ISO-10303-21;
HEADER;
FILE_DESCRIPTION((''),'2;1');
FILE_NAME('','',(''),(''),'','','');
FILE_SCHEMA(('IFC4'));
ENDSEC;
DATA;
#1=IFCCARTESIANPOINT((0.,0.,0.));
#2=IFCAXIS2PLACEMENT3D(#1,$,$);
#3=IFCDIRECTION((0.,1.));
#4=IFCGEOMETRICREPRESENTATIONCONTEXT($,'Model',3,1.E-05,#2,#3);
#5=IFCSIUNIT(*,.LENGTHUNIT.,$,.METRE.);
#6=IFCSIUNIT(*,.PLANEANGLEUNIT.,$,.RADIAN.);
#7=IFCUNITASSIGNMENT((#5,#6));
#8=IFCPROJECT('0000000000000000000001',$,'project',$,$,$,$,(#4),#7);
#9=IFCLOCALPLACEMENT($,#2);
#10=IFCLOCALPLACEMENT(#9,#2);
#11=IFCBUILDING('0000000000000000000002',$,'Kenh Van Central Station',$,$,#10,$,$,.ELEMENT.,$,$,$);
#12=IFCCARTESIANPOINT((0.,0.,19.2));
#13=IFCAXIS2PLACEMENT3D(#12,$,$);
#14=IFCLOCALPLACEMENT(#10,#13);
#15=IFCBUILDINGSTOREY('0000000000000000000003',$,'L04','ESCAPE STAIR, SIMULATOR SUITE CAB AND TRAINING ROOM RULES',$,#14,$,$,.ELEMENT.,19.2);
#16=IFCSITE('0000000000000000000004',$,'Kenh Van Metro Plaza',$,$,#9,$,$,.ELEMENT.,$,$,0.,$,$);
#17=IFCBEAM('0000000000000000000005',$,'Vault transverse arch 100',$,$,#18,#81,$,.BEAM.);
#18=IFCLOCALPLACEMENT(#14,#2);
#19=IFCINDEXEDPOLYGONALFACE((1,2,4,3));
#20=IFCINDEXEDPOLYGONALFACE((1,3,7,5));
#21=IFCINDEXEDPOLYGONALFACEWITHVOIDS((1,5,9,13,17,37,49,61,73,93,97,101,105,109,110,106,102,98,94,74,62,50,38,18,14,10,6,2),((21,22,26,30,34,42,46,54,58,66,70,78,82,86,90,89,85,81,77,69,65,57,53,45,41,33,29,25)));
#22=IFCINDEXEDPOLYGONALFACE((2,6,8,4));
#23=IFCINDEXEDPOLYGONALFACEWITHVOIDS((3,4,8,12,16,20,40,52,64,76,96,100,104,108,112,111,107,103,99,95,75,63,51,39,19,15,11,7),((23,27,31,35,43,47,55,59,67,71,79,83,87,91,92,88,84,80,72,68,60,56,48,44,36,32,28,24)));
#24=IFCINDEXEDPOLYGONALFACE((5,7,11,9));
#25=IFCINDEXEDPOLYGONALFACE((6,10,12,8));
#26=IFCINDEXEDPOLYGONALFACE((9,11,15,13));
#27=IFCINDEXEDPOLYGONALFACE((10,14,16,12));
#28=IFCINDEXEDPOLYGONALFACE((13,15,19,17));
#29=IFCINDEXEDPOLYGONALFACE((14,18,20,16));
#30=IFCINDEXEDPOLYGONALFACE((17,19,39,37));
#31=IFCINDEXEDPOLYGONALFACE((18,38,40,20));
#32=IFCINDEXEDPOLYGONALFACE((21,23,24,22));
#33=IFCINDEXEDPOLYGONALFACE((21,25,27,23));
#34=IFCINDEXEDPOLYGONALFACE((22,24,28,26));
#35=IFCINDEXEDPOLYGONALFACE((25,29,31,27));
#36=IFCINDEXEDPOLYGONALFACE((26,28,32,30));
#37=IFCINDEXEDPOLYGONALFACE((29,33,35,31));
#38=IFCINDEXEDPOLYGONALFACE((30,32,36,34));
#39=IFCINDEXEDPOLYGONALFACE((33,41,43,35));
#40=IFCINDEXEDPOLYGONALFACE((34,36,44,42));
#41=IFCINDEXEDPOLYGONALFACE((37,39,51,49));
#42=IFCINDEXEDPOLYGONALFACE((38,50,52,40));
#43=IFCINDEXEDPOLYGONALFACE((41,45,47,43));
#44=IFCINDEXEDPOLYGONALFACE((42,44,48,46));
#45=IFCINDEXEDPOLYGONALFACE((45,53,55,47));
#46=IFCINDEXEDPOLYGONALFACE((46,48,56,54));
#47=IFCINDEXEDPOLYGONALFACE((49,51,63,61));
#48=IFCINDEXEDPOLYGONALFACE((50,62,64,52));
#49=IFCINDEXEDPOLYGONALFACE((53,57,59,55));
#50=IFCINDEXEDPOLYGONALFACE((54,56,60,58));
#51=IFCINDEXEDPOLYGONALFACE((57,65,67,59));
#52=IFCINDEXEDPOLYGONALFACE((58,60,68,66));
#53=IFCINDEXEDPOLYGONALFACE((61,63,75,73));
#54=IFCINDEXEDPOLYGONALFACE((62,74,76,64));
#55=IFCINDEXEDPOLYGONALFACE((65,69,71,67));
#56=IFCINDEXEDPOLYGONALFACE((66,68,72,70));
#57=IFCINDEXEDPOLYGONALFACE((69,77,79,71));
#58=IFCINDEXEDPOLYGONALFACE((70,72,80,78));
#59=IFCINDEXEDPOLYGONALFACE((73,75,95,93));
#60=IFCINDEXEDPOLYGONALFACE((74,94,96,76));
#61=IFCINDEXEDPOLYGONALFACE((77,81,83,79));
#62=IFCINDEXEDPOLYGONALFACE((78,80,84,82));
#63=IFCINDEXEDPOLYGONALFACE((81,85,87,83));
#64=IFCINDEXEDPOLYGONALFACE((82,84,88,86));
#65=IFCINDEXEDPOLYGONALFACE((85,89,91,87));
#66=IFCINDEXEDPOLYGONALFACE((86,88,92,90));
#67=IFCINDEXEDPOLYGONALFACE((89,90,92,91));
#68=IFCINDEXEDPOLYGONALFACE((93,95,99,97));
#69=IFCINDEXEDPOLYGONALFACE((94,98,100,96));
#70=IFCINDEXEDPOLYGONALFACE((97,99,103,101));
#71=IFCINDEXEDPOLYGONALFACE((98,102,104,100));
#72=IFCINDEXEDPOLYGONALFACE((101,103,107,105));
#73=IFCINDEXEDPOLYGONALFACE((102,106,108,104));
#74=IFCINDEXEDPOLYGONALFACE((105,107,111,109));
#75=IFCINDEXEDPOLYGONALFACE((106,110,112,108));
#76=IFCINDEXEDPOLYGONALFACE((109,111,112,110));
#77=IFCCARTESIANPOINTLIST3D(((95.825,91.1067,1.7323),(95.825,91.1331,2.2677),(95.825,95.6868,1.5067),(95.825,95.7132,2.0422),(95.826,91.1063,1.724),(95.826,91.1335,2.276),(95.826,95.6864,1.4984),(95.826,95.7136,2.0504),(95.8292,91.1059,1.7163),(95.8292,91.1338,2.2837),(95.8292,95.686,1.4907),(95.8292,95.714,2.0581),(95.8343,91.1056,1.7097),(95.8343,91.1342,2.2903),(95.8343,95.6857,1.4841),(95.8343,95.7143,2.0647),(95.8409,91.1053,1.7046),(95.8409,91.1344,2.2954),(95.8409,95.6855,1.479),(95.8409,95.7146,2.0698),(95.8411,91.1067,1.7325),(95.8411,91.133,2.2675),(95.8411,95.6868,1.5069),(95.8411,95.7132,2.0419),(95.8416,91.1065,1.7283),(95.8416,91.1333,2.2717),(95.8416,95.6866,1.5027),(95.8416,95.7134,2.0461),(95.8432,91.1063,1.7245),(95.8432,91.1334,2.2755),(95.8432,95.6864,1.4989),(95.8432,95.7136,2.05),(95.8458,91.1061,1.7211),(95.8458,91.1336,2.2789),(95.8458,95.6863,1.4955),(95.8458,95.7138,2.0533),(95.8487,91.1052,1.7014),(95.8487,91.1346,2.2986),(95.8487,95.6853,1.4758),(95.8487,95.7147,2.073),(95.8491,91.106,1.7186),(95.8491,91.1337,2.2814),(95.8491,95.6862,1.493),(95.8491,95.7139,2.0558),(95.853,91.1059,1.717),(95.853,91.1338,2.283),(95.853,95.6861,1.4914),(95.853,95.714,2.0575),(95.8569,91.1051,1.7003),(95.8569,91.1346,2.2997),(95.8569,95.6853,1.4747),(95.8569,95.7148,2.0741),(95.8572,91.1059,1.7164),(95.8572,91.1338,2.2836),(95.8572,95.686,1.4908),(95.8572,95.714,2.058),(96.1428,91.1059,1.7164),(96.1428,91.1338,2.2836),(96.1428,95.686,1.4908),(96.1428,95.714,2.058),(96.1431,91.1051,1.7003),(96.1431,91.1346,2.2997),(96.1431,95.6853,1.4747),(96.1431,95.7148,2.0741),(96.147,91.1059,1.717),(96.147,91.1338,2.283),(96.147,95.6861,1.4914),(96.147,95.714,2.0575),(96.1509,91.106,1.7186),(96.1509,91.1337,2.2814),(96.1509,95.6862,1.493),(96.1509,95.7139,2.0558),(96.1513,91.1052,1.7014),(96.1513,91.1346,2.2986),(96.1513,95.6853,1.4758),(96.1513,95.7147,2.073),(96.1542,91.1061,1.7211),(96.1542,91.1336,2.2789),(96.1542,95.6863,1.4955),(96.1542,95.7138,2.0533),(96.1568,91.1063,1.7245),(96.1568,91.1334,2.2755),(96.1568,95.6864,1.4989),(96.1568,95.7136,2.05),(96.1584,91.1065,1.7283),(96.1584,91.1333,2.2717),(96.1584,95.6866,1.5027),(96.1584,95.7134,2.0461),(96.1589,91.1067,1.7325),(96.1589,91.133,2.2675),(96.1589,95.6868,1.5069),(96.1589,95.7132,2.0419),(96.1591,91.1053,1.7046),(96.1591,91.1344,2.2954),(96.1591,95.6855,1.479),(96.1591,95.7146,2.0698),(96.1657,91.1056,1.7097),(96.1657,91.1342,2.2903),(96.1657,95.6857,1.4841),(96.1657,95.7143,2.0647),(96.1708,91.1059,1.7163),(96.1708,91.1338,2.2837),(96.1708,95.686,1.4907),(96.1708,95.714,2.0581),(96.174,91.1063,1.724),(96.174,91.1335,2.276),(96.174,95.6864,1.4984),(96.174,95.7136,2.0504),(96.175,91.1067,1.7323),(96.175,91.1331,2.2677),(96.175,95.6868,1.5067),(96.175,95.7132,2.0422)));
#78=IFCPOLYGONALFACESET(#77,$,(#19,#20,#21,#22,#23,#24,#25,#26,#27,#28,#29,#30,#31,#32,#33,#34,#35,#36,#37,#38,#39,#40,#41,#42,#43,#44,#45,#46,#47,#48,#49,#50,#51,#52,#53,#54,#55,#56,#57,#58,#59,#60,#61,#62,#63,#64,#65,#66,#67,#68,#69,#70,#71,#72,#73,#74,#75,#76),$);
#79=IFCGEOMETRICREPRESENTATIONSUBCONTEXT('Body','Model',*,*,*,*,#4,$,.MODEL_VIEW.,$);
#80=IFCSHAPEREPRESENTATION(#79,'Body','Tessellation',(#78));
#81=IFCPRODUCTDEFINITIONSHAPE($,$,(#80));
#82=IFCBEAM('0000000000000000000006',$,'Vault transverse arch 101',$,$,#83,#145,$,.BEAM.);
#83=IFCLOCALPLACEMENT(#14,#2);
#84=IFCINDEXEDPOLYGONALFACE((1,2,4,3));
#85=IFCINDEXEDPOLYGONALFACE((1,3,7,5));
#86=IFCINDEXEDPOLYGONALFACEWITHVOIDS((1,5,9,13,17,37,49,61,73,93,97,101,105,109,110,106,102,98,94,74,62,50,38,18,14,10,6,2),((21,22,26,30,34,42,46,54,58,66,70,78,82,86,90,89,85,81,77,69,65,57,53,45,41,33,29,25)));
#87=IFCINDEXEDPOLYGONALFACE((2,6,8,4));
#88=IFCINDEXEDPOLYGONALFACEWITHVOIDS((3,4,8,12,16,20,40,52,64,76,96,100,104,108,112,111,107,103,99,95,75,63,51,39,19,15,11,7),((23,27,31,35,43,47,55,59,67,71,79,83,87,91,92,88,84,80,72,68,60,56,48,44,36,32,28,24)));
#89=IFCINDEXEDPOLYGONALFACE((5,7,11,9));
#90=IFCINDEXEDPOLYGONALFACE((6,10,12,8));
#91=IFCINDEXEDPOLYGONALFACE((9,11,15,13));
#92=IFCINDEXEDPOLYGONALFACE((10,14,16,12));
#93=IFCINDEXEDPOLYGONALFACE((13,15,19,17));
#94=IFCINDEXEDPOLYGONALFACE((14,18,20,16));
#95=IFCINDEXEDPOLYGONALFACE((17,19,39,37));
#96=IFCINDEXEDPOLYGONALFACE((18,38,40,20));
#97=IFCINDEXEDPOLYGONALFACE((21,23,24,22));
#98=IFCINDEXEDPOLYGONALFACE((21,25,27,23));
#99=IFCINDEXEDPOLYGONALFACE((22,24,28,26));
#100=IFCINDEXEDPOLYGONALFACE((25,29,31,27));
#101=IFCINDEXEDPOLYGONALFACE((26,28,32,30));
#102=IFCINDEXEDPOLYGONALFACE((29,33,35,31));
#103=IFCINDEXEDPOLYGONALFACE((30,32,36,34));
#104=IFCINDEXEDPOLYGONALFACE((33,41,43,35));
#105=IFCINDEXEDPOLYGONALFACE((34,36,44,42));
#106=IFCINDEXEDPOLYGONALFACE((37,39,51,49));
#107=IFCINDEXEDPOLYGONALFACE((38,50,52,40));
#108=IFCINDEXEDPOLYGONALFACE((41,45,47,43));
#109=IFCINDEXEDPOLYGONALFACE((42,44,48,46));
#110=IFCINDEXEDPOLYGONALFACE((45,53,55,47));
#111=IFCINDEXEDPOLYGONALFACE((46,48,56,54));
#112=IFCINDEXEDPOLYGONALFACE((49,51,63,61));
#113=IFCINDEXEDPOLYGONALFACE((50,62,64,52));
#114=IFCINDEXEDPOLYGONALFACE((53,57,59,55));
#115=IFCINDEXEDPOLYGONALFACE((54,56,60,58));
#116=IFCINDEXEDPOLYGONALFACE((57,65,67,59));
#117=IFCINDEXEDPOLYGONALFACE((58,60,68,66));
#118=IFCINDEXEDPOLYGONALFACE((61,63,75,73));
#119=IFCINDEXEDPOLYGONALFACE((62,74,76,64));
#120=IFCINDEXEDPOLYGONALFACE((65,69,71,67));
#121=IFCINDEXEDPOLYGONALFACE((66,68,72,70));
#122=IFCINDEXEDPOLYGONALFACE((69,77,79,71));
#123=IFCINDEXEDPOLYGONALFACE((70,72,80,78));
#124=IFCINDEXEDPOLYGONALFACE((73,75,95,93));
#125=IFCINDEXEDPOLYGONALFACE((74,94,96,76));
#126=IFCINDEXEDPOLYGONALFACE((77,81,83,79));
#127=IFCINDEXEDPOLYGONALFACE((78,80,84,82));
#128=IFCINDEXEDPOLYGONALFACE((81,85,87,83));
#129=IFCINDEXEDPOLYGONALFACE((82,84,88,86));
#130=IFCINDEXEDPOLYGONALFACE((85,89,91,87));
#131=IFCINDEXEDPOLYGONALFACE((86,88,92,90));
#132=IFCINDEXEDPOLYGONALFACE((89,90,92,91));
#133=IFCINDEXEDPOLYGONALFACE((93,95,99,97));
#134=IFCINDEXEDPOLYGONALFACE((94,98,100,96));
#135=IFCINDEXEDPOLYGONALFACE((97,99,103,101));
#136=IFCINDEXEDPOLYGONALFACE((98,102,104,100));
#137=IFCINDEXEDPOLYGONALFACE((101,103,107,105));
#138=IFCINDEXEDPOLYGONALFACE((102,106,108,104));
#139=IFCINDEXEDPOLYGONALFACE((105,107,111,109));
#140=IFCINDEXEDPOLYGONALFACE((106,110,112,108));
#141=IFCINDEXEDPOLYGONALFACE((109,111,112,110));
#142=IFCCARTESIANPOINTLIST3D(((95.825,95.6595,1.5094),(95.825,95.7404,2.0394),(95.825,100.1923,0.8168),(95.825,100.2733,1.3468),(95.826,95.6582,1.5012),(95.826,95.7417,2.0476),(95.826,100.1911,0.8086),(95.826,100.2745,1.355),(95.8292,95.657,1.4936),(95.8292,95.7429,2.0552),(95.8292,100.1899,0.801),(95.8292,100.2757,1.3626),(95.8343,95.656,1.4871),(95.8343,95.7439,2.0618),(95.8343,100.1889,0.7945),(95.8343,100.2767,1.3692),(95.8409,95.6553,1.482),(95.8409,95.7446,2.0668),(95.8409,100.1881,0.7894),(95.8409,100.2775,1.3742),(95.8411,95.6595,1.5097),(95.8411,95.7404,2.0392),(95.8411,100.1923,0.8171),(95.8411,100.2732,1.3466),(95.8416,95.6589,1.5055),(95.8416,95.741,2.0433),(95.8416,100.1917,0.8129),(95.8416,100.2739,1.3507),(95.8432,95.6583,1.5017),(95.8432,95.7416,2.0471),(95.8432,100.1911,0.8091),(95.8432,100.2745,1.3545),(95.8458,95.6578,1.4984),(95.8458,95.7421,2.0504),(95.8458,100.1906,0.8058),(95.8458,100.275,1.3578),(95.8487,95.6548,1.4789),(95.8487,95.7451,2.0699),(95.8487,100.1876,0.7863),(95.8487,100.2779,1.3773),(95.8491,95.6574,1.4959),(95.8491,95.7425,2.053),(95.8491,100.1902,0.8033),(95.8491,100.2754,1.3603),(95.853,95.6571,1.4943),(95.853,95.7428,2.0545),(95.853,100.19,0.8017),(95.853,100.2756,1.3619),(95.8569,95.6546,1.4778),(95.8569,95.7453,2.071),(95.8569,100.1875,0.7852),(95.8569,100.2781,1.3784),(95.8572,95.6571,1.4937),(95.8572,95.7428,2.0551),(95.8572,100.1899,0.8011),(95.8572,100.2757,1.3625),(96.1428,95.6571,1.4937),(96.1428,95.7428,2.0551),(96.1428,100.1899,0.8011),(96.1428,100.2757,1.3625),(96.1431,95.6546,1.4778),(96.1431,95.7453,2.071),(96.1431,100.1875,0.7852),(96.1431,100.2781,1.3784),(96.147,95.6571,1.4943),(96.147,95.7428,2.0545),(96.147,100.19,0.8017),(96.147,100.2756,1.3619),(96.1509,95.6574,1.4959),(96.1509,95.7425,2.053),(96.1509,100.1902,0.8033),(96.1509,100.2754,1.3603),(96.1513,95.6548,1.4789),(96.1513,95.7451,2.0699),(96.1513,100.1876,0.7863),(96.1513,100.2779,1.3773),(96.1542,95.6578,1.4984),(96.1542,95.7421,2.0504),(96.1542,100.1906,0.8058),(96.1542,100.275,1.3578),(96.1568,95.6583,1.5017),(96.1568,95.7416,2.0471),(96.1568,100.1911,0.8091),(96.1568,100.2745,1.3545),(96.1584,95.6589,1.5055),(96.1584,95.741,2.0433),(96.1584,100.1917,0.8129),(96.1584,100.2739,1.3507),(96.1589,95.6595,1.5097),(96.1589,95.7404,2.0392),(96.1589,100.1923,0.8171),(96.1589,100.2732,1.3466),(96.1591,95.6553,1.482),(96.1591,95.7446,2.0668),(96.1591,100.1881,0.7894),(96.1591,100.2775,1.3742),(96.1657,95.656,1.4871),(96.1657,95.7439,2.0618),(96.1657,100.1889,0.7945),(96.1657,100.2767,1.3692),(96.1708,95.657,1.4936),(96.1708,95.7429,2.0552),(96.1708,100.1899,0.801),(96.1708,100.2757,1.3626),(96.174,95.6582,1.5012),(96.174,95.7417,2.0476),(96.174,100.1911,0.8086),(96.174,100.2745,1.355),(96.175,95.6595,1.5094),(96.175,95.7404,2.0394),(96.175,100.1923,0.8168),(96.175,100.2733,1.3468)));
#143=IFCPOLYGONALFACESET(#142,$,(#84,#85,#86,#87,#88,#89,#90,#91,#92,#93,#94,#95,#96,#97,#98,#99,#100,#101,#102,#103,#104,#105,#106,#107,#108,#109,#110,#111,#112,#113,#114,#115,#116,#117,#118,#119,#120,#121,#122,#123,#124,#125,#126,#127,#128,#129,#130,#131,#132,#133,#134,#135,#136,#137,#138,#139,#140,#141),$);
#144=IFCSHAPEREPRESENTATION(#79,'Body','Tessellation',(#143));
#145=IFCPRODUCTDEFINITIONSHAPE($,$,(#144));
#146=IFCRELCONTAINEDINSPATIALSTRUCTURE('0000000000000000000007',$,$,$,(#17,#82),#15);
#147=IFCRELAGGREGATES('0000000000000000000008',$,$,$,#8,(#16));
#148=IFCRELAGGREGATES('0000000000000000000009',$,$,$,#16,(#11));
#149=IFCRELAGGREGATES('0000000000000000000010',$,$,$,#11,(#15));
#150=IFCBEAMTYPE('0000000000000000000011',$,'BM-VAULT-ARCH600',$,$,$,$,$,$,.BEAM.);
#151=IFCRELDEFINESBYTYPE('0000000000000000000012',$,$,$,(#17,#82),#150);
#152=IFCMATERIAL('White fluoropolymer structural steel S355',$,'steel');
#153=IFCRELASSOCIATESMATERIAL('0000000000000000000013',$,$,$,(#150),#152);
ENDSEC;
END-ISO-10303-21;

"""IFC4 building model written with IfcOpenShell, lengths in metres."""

from ifc_helpers import new_model, si_unit, direction, frame, origin, origin_2d, place, context, subcontext, project, spatial, hollow_rectangle, extrude, material, material_profile, profile_set, type_object, element, save


model = new_model("IFC4")

# Units and contexts
model_context = context("Model", 3, precision=1e-05, world=origin(), true_north=direction((0.0, 1.0)))
body_context = subcontext(model_context, "Body", "Model", "MODEL_VIEW")
ifc_project = project(units=[si_unit("LENGTHUNIT", "METRE"), si_unit("PLANEANGLEUNIT", "RADIAN")], contexts=[model_context])

# Site, building, storey
site_placement = place(None, origin())
site = spatial("IfcSite", under=ifc_project, at=site_placement, Name="Kenh Van Metro Plaza", CompositionType="ELEMENT", RefElevation=0.0)
building_placement = place(site_placement, origin())
building = spatial("IfcBuilding", under=site, at=building_placement, Name="Kenh Van Central Station", CompositionType="ELEMENT")
storey_placement = place(building_placement, frame((0.0, 0.0, 19.2)))
storey = spatial("IfcBuildingStorey", under=building, at=storey_placement, Name="L04", Description="ESCAPE STAIR, SIMULATOR SUITE CAB AND TRAINING ROOM RULES", CompositionType="ELEMENT", Elevation=19.2)

# Beams
ifc_material_1 = material(Name="White fluoropolymer structural steel S355", Category="steel")
ifc_material_profile_1 = material_profile(ifc_material_1, hollow_rectangle(XDim=0.3501, YDim=0.6001, WallThickness=0.0161, InnerFilletRadius=0.0161, OuterFilletRadius=0.032, at=origin_2d()), Name="RHS 600x350x16")
ifc_profile_set_1 = profile_set([ifc_material_profile_1], Name="White fluoropolymer structural steel S355")
beam_type = type_object("IfcBeamType", Name="BM-VAULT-ARCH600", PredefinedType="BEAM", material=ifc_profile_set_1)
beam_1_placement = place(storey_placement, frame((96.0, 91.1199, 2.0), z_axis=(0.0, 0.998789, -0.049194), x_axis=(-1.0, 0.0, 0.0)))
element("IfcBeam", 1, at=beam_1_placement, inside=storey, type_object=beam_type, Name="Vault transverse arch 100", PredefinedType="BEAM", context=body_context, shape_type="SweptSolid", body=[
    extrude(hollow_rectangle(XDim=0.3501, YDim=0.6001, WallThickness=0.0161, InnerFilletRadius=0.0161, OuterFilletRadius=0.032, at=origin_2d()), origin(), (0.0, 0.0, 1.0), 4.5857),
])
beam_2_placement = place(storey_placement, frame((96.0, 95.7, 1.7744), z_axis=(0.0, 0.988527, -0.151045), x_axis=(-1.0, 0.0, 0.0)))
element("IfcBeam", 2, at=beam_2_placement, inside=storey, type_object=beam_type, Name="Vault transverse arch 101", PredefinedType="BEAM", context=body_context, shape_type="SweptSolid", body=[
    extrude(hollow_rectangle(XDim=0.3501, YDim=0.6001, WallThickness=0.0161, InnerFilletRadius=0.0161, OuterFilletRadius=0.032, at=origin_2d()), origin(), (0.0, 0.0, 1.0), 4.5854),
])

save(model, "model.ifc")
